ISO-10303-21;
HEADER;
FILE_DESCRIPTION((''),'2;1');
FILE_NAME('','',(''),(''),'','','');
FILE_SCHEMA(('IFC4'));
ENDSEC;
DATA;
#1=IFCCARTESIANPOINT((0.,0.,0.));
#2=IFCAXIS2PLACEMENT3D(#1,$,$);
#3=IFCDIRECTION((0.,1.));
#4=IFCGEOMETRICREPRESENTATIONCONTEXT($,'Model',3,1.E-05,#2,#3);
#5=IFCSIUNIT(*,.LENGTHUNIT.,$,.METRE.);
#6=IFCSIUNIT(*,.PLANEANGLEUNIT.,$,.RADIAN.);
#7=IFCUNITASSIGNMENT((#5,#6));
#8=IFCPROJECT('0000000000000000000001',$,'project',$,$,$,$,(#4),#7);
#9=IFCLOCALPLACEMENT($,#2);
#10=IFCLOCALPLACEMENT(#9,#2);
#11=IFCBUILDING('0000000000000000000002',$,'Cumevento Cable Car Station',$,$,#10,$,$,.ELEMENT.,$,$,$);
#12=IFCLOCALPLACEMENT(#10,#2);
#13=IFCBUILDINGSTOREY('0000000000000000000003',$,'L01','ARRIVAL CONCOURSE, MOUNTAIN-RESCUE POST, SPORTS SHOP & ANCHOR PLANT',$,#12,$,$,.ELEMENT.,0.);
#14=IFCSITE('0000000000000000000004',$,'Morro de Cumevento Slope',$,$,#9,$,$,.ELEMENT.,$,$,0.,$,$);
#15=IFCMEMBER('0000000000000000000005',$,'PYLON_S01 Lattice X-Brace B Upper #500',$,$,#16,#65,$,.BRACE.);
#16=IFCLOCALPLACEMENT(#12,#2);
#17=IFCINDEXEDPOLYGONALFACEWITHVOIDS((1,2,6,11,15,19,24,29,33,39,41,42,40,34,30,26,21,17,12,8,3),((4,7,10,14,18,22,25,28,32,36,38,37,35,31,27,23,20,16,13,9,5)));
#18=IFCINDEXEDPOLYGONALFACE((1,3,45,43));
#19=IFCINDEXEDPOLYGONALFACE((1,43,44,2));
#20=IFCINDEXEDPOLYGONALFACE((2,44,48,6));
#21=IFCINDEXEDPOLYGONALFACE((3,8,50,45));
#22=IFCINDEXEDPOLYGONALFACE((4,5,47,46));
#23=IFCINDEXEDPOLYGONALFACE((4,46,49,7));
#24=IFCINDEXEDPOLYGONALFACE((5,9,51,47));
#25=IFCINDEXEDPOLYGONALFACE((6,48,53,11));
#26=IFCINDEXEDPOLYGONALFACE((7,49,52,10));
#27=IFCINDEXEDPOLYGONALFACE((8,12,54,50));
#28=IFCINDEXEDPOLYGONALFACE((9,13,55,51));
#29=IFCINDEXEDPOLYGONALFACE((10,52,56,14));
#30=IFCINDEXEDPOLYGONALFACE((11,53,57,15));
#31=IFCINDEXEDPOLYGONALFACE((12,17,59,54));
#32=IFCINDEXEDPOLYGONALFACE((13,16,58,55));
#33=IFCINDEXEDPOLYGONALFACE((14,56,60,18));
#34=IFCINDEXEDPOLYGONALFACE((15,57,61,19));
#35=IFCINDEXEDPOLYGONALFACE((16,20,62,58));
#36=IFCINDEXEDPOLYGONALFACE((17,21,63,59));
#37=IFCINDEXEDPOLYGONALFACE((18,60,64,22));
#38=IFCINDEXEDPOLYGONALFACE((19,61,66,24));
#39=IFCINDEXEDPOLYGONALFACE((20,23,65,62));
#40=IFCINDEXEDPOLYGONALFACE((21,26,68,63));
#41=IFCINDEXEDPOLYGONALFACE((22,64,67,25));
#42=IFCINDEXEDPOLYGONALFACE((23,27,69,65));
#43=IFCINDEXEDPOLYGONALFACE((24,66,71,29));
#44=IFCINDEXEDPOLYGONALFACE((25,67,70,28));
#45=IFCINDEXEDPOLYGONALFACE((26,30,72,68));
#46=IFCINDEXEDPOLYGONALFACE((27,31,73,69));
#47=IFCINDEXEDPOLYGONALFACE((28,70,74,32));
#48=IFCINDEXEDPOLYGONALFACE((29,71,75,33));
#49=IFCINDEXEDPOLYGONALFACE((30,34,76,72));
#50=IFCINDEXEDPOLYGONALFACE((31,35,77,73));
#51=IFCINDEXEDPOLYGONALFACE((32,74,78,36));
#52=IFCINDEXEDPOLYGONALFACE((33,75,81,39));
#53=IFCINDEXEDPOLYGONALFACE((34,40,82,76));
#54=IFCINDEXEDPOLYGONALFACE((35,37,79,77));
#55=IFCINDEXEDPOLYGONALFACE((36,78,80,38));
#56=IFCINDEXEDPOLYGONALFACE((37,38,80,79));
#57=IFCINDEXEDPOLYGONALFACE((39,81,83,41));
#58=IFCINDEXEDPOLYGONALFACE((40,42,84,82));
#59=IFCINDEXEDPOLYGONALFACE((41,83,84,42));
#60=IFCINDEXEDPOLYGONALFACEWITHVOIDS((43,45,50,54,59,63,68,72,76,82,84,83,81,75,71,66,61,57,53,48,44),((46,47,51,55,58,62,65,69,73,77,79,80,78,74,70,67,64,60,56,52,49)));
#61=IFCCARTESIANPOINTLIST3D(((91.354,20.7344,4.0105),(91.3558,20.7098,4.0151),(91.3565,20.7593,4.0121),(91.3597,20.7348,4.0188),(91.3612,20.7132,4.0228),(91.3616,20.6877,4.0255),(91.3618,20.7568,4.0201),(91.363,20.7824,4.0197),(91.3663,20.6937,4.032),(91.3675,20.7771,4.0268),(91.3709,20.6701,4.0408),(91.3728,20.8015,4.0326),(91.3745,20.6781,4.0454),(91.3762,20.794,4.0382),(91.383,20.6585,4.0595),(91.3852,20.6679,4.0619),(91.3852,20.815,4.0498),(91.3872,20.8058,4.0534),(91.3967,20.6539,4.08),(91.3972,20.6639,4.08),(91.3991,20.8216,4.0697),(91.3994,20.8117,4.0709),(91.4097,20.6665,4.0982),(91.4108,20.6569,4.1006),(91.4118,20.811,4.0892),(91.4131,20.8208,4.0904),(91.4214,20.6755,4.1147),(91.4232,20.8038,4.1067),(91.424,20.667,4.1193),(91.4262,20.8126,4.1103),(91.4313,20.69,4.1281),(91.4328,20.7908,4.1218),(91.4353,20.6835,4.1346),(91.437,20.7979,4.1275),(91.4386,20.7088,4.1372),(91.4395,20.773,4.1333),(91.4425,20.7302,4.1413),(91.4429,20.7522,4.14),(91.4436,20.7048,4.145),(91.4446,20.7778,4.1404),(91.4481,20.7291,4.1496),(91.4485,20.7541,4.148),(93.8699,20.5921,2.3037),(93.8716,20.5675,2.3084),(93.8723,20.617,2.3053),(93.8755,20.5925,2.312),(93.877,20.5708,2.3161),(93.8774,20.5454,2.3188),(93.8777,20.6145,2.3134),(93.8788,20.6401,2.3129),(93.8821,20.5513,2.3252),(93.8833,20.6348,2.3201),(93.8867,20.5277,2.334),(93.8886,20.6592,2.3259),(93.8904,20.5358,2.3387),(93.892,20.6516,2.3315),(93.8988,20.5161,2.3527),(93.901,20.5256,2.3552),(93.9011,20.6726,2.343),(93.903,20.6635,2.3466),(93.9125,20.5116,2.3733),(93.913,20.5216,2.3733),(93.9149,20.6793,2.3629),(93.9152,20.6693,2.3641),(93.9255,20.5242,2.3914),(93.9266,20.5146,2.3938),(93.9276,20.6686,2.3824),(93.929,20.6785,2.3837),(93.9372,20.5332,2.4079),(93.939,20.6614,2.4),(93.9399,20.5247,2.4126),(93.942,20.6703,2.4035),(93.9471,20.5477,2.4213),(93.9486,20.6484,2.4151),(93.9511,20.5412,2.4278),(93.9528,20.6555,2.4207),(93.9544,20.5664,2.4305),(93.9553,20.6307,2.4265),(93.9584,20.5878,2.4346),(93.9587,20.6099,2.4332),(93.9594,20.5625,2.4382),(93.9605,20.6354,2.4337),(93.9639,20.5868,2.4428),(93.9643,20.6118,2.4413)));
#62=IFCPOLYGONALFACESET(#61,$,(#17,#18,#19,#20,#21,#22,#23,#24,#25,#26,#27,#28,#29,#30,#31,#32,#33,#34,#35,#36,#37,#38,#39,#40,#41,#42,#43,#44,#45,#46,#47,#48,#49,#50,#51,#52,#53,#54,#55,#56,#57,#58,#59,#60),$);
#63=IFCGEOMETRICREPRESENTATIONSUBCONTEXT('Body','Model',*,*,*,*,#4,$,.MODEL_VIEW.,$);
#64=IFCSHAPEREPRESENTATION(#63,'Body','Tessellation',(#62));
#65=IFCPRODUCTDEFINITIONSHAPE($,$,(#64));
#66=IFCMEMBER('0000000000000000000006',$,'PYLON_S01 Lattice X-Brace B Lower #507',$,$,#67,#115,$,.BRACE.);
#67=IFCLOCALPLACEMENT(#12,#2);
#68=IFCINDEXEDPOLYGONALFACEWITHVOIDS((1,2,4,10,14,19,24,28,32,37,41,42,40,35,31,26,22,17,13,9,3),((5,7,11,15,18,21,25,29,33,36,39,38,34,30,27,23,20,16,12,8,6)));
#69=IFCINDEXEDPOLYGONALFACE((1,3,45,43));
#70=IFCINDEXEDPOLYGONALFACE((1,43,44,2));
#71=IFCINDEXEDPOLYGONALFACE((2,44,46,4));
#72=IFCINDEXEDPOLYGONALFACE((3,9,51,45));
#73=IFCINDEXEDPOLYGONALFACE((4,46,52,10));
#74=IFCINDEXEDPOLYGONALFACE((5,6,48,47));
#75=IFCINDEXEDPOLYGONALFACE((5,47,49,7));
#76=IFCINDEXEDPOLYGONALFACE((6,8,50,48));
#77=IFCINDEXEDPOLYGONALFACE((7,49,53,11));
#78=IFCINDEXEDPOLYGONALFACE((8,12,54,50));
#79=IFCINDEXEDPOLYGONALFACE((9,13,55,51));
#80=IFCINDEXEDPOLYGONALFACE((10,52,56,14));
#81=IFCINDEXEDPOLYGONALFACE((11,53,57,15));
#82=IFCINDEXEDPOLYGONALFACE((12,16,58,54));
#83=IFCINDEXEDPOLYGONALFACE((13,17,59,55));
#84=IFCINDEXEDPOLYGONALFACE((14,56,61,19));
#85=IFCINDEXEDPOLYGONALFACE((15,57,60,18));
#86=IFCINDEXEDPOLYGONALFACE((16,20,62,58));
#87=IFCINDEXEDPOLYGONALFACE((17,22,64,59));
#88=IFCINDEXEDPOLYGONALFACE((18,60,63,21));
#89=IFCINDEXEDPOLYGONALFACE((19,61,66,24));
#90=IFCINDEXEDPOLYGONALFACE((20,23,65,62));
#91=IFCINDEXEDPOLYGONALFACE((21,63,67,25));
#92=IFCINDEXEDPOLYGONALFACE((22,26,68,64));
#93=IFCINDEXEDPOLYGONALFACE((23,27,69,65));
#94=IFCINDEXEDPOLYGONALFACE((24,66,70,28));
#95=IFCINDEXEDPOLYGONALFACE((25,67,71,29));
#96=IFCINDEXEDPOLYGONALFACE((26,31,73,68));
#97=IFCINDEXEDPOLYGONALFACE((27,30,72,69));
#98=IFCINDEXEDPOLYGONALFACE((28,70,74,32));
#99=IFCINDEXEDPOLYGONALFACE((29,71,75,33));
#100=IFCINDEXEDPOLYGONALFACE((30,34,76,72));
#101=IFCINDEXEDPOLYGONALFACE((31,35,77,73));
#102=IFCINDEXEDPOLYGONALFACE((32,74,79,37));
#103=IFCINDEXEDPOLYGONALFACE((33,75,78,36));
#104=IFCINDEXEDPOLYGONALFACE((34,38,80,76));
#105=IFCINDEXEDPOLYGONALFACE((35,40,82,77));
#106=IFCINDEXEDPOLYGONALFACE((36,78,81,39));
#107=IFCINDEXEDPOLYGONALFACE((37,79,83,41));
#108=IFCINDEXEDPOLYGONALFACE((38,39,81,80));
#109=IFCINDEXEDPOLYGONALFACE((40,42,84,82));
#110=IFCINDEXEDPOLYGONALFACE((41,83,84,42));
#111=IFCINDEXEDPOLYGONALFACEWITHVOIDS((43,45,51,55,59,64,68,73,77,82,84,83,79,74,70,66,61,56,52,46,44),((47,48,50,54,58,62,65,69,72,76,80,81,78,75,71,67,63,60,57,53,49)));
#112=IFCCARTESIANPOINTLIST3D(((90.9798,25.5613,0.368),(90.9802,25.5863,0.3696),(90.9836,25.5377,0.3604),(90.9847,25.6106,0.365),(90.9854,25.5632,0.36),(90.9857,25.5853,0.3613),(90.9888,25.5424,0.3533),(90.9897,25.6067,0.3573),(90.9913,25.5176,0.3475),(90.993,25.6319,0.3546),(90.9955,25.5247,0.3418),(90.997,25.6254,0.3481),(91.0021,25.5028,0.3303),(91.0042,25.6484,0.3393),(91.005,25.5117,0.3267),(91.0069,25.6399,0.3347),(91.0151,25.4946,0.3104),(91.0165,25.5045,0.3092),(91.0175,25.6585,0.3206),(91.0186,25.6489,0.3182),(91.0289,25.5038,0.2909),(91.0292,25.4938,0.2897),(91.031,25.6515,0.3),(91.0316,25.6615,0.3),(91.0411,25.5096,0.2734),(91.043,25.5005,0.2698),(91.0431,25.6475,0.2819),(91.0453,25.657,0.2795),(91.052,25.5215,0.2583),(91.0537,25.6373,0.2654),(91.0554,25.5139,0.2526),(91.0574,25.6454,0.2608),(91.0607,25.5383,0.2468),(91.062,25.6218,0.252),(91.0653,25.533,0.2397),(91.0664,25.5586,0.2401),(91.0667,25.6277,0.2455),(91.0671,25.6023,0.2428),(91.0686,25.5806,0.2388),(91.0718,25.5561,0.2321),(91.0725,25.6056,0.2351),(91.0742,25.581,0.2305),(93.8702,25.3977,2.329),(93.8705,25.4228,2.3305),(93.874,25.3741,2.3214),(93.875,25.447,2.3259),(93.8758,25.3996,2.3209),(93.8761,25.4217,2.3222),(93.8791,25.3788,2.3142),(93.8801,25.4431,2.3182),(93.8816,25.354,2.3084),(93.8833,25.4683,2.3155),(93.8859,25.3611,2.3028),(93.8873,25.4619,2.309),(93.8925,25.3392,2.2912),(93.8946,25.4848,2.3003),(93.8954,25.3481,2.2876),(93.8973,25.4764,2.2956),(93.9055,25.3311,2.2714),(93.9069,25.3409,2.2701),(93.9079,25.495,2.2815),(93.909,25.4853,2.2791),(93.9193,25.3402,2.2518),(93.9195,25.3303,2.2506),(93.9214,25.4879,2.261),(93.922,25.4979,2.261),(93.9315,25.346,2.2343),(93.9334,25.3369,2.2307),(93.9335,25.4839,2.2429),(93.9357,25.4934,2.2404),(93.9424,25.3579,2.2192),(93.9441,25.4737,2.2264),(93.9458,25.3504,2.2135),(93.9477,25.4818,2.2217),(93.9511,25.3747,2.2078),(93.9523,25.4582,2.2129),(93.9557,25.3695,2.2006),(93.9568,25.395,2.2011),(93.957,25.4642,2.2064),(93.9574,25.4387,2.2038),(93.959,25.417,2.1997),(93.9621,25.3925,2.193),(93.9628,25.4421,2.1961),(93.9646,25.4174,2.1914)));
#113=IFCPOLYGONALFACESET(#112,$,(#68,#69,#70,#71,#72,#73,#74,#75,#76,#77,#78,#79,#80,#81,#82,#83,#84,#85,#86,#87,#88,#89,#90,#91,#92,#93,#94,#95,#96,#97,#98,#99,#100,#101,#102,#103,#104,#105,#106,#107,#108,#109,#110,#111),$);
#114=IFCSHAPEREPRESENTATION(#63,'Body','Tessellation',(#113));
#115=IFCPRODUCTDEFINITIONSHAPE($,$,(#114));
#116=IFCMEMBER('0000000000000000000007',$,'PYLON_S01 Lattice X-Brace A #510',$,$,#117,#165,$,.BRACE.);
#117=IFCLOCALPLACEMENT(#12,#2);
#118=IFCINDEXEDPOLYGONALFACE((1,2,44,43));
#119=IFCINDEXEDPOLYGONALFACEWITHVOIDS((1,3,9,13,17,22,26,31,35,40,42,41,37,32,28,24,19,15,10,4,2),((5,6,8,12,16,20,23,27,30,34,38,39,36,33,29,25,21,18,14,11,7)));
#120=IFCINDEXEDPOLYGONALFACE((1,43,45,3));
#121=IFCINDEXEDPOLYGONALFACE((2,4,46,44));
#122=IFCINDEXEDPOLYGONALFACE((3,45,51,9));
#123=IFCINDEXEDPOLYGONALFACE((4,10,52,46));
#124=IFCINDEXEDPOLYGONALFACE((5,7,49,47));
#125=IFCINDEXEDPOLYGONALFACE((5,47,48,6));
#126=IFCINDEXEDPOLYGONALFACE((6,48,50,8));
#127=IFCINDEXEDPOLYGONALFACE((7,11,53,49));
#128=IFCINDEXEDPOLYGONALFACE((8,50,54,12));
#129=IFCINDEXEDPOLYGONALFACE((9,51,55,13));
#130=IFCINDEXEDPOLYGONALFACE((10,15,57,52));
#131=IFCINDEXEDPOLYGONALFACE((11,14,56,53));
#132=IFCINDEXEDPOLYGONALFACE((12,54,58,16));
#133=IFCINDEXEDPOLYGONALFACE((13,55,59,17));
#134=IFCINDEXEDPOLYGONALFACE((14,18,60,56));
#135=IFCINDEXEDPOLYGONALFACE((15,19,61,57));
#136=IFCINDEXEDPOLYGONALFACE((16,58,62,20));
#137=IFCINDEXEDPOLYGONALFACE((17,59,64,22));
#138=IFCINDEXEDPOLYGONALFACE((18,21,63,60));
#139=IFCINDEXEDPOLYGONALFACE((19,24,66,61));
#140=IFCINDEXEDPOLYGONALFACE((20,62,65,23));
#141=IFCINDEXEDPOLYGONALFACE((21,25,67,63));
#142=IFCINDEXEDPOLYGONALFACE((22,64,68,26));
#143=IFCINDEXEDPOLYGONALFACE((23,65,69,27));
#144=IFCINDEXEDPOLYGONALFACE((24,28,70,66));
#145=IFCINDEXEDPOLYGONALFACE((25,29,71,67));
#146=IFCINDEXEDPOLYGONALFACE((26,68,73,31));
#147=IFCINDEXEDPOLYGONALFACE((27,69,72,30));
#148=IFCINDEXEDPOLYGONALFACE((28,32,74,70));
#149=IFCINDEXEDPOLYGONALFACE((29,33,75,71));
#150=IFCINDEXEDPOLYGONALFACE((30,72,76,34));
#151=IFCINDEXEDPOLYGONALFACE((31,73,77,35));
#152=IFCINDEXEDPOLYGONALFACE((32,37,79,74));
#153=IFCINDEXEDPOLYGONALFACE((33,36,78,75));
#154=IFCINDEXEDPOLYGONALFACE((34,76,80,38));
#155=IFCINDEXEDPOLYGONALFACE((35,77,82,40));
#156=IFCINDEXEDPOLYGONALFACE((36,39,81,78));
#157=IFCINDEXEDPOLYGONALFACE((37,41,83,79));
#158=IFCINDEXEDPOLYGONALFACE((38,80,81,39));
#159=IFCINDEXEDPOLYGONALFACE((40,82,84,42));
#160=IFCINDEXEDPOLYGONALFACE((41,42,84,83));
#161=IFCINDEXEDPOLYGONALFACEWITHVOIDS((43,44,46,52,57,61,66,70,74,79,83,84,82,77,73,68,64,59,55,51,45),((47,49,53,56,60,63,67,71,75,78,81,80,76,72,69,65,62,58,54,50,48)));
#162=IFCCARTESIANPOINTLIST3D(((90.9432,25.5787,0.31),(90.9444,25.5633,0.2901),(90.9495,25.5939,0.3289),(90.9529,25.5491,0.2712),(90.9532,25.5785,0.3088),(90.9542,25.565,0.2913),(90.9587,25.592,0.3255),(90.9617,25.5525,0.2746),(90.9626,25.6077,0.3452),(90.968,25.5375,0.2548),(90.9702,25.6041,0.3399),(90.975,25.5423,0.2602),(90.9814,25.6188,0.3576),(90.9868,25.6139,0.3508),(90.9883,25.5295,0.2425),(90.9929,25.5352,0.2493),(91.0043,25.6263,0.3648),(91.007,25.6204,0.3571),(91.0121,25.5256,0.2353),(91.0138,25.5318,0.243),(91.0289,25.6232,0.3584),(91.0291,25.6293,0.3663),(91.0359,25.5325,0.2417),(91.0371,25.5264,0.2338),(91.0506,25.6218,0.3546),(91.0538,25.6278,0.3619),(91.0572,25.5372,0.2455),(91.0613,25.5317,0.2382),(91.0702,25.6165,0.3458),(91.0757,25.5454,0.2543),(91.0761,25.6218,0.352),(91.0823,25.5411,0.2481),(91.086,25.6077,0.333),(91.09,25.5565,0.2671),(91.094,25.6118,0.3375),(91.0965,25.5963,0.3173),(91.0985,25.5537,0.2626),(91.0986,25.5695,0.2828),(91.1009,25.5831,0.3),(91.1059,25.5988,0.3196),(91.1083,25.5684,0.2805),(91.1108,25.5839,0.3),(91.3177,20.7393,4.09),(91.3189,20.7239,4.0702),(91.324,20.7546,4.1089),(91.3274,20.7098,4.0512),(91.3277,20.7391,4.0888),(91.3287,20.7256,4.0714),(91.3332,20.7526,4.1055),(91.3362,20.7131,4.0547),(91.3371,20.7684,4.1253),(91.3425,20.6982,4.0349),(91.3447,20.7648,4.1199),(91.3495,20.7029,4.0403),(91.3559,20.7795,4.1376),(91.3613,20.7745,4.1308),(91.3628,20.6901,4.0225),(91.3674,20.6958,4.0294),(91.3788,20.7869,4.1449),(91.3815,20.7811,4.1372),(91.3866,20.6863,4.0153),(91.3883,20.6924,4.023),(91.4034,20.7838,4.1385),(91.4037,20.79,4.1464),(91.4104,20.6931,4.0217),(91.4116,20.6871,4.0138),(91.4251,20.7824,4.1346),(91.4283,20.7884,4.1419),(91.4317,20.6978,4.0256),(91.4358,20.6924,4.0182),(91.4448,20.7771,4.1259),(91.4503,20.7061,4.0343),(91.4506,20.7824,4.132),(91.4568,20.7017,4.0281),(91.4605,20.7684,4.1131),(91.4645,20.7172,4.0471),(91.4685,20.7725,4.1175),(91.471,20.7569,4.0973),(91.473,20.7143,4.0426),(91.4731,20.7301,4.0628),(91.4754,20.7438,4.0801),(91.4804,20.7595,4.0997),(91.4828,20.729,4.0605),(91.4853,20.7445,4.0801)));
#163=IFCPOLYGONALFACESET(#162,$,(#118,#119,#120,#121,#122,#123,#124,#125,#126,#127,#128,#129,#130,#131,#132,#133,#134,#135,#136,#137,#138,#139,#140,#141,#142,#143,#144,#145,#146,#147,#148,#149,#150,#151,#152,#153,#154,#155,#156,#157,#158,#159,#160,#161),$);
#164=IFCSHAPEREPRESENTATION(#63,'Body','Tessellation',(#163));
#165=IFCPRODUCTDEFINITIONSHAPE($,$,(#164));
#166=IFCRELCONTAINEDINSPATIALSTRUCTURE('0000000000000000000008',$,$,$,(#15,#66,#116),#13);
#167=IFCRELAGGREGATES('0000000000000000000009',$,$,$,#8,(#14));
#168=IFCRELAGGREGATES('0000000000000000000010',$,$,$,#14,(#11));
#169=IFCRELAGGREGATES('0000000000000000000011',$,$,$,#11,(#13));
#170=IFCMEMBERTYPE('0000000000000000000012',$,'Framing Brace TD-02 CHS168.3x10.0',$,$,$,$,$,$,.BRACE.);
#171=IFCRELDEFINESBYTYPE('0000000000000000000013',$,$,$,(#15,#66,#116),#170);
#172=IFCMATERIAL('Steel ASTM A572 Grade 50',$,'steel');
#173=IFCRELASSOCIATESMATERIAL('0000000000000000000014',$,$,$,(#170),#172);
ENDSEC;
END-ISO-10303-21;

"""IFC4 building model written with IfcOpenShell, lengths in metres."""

from ifc_helpers import new_model, si_unit, direction, frame, origin, origin_2d, place, context, subcontext, project, spatial, hollow_circle, extrude, material, material_profile, profile_set, type_object, element, save


model = new_model("IFC4")

# Units and contexts
model_context = context("Model", 3, precision=1e-05, world=origin(), true_north=direction((0.0, 1.0)))
body_context = subcontext(model_context, "Body", "Model", "MODEL_VIEW")
ifc_project = project(units=[si_unit("LENGTHUNIT", "METRE"), si_unit("PLANEANGLEUNIT", "RADIAN")], contexts=[model_context])

# Site, building, storey
site_placement = place(None, origin())
site = spatial("IfcSite", under=ifc_project, at=site_placement, Name="Morro de Cumevento Slope", CompositionType="ELEMENT", RefElevation=0.0)
building_placement = place(site_placement, origin())
building = spatial("IfcBuilding", under=site, at=building_placement, Name="Cumevento Cable Car Station", CompositionType="ELEMENT")
storey_placement = place(building_placement, origin())
storey = spatial("IfcBuildingStorey", under=building, at=storey_placement, Name="L01", Description="ARRIVAL CONCOURSE, MOUNTAIN-RESCUE POST, SPORTS SHOP & ANCHOR PLANT", CompositionType="ELEMENT", Elevation=0.0)

# Members
ifc_material_1 = material(Name="Steel ASTM A572 Grade 50", Category="steel")
ifc_material_profile_1 = material_profile(ifc_material_1, hollow_circle(Radius=0.0842, WallThickness=0.01, at=origin_2d()), Name="CHS168.3x10.0")
ifc_profile_set_1 = profile_set([ifc_material_profile_1], Name="Steel ASTM A572 Grade 50")
member_type_1 = type_object("IfcMemberType", Name="Framing Brace TD-02 CHS168.3x10.0", PredefinedType="BRACE", material=ifc_profile_set_1)
member_1_placement = place(storey_placement, frame((93.9172, 20.5957, 2.3733), z_axis=(-0.826633, 0.046766, 0.560795), x_axis=(-0.056484, -0.998403, 0.0)))
element("IfcMember", 1, at=member_1_placement, inside=storey, type_object=member_type_1, Name="PYLON_S01 Lattice X-Brace B Upper #500", PredefinedType="BRACE", context=body_context, shape_type="SweptSolid", body=[
    extrude(hollow_circle(Radius=0.0842, WallThickness=0.01, at=origin_2d()), origin(), (0.0, 0.0, 1.0), 3.0435),
])
member_2_placement = place(storey_placement, frame((91.0269, 25.5774, 0.3), z_axis=(0.826622, -0.046781, 0.56081), x_axis=(0.056502, 0.998402, 0.0)))
element("IfcMember", 2, at=member_2_placement, inside=storey, type_object=member_type_1, Name="PYLON_S01 Lattice X-Brace B Lower #507", PredefinedType="BRACE", context=body_context, shape_type="SweptSolid", body=[
    extrude(hollow_circle(Radius=0.0842, WallThickness=0.01, at=origin_2d()), origin(), (0.0, 0.0, 1.0), 3.4966),
])
member_3_placement = place(storey_placement, frame((91.0269, 25.5774, 0.3), z_axis=(0.060876, -0.786619, 0.61443), x_axis=(0.997019, 0.077158, 0.0)))
element("IfcMember", 3, at=member_3_placement, inside=storey, type_object=member_type_1, Name="PYLON_S01 Lattice X-Brace A #510", PredefinedType="BRACE", context=body_context, shape_type="SweptSolid", body=[
    extrude(hollow_circle(Radius=0.0842, WallThickness=0.01, at=origin_2d()), origin(), (0.0, 0.0, 1.0), 6.1521),
])

save(model, "model.ifc")
